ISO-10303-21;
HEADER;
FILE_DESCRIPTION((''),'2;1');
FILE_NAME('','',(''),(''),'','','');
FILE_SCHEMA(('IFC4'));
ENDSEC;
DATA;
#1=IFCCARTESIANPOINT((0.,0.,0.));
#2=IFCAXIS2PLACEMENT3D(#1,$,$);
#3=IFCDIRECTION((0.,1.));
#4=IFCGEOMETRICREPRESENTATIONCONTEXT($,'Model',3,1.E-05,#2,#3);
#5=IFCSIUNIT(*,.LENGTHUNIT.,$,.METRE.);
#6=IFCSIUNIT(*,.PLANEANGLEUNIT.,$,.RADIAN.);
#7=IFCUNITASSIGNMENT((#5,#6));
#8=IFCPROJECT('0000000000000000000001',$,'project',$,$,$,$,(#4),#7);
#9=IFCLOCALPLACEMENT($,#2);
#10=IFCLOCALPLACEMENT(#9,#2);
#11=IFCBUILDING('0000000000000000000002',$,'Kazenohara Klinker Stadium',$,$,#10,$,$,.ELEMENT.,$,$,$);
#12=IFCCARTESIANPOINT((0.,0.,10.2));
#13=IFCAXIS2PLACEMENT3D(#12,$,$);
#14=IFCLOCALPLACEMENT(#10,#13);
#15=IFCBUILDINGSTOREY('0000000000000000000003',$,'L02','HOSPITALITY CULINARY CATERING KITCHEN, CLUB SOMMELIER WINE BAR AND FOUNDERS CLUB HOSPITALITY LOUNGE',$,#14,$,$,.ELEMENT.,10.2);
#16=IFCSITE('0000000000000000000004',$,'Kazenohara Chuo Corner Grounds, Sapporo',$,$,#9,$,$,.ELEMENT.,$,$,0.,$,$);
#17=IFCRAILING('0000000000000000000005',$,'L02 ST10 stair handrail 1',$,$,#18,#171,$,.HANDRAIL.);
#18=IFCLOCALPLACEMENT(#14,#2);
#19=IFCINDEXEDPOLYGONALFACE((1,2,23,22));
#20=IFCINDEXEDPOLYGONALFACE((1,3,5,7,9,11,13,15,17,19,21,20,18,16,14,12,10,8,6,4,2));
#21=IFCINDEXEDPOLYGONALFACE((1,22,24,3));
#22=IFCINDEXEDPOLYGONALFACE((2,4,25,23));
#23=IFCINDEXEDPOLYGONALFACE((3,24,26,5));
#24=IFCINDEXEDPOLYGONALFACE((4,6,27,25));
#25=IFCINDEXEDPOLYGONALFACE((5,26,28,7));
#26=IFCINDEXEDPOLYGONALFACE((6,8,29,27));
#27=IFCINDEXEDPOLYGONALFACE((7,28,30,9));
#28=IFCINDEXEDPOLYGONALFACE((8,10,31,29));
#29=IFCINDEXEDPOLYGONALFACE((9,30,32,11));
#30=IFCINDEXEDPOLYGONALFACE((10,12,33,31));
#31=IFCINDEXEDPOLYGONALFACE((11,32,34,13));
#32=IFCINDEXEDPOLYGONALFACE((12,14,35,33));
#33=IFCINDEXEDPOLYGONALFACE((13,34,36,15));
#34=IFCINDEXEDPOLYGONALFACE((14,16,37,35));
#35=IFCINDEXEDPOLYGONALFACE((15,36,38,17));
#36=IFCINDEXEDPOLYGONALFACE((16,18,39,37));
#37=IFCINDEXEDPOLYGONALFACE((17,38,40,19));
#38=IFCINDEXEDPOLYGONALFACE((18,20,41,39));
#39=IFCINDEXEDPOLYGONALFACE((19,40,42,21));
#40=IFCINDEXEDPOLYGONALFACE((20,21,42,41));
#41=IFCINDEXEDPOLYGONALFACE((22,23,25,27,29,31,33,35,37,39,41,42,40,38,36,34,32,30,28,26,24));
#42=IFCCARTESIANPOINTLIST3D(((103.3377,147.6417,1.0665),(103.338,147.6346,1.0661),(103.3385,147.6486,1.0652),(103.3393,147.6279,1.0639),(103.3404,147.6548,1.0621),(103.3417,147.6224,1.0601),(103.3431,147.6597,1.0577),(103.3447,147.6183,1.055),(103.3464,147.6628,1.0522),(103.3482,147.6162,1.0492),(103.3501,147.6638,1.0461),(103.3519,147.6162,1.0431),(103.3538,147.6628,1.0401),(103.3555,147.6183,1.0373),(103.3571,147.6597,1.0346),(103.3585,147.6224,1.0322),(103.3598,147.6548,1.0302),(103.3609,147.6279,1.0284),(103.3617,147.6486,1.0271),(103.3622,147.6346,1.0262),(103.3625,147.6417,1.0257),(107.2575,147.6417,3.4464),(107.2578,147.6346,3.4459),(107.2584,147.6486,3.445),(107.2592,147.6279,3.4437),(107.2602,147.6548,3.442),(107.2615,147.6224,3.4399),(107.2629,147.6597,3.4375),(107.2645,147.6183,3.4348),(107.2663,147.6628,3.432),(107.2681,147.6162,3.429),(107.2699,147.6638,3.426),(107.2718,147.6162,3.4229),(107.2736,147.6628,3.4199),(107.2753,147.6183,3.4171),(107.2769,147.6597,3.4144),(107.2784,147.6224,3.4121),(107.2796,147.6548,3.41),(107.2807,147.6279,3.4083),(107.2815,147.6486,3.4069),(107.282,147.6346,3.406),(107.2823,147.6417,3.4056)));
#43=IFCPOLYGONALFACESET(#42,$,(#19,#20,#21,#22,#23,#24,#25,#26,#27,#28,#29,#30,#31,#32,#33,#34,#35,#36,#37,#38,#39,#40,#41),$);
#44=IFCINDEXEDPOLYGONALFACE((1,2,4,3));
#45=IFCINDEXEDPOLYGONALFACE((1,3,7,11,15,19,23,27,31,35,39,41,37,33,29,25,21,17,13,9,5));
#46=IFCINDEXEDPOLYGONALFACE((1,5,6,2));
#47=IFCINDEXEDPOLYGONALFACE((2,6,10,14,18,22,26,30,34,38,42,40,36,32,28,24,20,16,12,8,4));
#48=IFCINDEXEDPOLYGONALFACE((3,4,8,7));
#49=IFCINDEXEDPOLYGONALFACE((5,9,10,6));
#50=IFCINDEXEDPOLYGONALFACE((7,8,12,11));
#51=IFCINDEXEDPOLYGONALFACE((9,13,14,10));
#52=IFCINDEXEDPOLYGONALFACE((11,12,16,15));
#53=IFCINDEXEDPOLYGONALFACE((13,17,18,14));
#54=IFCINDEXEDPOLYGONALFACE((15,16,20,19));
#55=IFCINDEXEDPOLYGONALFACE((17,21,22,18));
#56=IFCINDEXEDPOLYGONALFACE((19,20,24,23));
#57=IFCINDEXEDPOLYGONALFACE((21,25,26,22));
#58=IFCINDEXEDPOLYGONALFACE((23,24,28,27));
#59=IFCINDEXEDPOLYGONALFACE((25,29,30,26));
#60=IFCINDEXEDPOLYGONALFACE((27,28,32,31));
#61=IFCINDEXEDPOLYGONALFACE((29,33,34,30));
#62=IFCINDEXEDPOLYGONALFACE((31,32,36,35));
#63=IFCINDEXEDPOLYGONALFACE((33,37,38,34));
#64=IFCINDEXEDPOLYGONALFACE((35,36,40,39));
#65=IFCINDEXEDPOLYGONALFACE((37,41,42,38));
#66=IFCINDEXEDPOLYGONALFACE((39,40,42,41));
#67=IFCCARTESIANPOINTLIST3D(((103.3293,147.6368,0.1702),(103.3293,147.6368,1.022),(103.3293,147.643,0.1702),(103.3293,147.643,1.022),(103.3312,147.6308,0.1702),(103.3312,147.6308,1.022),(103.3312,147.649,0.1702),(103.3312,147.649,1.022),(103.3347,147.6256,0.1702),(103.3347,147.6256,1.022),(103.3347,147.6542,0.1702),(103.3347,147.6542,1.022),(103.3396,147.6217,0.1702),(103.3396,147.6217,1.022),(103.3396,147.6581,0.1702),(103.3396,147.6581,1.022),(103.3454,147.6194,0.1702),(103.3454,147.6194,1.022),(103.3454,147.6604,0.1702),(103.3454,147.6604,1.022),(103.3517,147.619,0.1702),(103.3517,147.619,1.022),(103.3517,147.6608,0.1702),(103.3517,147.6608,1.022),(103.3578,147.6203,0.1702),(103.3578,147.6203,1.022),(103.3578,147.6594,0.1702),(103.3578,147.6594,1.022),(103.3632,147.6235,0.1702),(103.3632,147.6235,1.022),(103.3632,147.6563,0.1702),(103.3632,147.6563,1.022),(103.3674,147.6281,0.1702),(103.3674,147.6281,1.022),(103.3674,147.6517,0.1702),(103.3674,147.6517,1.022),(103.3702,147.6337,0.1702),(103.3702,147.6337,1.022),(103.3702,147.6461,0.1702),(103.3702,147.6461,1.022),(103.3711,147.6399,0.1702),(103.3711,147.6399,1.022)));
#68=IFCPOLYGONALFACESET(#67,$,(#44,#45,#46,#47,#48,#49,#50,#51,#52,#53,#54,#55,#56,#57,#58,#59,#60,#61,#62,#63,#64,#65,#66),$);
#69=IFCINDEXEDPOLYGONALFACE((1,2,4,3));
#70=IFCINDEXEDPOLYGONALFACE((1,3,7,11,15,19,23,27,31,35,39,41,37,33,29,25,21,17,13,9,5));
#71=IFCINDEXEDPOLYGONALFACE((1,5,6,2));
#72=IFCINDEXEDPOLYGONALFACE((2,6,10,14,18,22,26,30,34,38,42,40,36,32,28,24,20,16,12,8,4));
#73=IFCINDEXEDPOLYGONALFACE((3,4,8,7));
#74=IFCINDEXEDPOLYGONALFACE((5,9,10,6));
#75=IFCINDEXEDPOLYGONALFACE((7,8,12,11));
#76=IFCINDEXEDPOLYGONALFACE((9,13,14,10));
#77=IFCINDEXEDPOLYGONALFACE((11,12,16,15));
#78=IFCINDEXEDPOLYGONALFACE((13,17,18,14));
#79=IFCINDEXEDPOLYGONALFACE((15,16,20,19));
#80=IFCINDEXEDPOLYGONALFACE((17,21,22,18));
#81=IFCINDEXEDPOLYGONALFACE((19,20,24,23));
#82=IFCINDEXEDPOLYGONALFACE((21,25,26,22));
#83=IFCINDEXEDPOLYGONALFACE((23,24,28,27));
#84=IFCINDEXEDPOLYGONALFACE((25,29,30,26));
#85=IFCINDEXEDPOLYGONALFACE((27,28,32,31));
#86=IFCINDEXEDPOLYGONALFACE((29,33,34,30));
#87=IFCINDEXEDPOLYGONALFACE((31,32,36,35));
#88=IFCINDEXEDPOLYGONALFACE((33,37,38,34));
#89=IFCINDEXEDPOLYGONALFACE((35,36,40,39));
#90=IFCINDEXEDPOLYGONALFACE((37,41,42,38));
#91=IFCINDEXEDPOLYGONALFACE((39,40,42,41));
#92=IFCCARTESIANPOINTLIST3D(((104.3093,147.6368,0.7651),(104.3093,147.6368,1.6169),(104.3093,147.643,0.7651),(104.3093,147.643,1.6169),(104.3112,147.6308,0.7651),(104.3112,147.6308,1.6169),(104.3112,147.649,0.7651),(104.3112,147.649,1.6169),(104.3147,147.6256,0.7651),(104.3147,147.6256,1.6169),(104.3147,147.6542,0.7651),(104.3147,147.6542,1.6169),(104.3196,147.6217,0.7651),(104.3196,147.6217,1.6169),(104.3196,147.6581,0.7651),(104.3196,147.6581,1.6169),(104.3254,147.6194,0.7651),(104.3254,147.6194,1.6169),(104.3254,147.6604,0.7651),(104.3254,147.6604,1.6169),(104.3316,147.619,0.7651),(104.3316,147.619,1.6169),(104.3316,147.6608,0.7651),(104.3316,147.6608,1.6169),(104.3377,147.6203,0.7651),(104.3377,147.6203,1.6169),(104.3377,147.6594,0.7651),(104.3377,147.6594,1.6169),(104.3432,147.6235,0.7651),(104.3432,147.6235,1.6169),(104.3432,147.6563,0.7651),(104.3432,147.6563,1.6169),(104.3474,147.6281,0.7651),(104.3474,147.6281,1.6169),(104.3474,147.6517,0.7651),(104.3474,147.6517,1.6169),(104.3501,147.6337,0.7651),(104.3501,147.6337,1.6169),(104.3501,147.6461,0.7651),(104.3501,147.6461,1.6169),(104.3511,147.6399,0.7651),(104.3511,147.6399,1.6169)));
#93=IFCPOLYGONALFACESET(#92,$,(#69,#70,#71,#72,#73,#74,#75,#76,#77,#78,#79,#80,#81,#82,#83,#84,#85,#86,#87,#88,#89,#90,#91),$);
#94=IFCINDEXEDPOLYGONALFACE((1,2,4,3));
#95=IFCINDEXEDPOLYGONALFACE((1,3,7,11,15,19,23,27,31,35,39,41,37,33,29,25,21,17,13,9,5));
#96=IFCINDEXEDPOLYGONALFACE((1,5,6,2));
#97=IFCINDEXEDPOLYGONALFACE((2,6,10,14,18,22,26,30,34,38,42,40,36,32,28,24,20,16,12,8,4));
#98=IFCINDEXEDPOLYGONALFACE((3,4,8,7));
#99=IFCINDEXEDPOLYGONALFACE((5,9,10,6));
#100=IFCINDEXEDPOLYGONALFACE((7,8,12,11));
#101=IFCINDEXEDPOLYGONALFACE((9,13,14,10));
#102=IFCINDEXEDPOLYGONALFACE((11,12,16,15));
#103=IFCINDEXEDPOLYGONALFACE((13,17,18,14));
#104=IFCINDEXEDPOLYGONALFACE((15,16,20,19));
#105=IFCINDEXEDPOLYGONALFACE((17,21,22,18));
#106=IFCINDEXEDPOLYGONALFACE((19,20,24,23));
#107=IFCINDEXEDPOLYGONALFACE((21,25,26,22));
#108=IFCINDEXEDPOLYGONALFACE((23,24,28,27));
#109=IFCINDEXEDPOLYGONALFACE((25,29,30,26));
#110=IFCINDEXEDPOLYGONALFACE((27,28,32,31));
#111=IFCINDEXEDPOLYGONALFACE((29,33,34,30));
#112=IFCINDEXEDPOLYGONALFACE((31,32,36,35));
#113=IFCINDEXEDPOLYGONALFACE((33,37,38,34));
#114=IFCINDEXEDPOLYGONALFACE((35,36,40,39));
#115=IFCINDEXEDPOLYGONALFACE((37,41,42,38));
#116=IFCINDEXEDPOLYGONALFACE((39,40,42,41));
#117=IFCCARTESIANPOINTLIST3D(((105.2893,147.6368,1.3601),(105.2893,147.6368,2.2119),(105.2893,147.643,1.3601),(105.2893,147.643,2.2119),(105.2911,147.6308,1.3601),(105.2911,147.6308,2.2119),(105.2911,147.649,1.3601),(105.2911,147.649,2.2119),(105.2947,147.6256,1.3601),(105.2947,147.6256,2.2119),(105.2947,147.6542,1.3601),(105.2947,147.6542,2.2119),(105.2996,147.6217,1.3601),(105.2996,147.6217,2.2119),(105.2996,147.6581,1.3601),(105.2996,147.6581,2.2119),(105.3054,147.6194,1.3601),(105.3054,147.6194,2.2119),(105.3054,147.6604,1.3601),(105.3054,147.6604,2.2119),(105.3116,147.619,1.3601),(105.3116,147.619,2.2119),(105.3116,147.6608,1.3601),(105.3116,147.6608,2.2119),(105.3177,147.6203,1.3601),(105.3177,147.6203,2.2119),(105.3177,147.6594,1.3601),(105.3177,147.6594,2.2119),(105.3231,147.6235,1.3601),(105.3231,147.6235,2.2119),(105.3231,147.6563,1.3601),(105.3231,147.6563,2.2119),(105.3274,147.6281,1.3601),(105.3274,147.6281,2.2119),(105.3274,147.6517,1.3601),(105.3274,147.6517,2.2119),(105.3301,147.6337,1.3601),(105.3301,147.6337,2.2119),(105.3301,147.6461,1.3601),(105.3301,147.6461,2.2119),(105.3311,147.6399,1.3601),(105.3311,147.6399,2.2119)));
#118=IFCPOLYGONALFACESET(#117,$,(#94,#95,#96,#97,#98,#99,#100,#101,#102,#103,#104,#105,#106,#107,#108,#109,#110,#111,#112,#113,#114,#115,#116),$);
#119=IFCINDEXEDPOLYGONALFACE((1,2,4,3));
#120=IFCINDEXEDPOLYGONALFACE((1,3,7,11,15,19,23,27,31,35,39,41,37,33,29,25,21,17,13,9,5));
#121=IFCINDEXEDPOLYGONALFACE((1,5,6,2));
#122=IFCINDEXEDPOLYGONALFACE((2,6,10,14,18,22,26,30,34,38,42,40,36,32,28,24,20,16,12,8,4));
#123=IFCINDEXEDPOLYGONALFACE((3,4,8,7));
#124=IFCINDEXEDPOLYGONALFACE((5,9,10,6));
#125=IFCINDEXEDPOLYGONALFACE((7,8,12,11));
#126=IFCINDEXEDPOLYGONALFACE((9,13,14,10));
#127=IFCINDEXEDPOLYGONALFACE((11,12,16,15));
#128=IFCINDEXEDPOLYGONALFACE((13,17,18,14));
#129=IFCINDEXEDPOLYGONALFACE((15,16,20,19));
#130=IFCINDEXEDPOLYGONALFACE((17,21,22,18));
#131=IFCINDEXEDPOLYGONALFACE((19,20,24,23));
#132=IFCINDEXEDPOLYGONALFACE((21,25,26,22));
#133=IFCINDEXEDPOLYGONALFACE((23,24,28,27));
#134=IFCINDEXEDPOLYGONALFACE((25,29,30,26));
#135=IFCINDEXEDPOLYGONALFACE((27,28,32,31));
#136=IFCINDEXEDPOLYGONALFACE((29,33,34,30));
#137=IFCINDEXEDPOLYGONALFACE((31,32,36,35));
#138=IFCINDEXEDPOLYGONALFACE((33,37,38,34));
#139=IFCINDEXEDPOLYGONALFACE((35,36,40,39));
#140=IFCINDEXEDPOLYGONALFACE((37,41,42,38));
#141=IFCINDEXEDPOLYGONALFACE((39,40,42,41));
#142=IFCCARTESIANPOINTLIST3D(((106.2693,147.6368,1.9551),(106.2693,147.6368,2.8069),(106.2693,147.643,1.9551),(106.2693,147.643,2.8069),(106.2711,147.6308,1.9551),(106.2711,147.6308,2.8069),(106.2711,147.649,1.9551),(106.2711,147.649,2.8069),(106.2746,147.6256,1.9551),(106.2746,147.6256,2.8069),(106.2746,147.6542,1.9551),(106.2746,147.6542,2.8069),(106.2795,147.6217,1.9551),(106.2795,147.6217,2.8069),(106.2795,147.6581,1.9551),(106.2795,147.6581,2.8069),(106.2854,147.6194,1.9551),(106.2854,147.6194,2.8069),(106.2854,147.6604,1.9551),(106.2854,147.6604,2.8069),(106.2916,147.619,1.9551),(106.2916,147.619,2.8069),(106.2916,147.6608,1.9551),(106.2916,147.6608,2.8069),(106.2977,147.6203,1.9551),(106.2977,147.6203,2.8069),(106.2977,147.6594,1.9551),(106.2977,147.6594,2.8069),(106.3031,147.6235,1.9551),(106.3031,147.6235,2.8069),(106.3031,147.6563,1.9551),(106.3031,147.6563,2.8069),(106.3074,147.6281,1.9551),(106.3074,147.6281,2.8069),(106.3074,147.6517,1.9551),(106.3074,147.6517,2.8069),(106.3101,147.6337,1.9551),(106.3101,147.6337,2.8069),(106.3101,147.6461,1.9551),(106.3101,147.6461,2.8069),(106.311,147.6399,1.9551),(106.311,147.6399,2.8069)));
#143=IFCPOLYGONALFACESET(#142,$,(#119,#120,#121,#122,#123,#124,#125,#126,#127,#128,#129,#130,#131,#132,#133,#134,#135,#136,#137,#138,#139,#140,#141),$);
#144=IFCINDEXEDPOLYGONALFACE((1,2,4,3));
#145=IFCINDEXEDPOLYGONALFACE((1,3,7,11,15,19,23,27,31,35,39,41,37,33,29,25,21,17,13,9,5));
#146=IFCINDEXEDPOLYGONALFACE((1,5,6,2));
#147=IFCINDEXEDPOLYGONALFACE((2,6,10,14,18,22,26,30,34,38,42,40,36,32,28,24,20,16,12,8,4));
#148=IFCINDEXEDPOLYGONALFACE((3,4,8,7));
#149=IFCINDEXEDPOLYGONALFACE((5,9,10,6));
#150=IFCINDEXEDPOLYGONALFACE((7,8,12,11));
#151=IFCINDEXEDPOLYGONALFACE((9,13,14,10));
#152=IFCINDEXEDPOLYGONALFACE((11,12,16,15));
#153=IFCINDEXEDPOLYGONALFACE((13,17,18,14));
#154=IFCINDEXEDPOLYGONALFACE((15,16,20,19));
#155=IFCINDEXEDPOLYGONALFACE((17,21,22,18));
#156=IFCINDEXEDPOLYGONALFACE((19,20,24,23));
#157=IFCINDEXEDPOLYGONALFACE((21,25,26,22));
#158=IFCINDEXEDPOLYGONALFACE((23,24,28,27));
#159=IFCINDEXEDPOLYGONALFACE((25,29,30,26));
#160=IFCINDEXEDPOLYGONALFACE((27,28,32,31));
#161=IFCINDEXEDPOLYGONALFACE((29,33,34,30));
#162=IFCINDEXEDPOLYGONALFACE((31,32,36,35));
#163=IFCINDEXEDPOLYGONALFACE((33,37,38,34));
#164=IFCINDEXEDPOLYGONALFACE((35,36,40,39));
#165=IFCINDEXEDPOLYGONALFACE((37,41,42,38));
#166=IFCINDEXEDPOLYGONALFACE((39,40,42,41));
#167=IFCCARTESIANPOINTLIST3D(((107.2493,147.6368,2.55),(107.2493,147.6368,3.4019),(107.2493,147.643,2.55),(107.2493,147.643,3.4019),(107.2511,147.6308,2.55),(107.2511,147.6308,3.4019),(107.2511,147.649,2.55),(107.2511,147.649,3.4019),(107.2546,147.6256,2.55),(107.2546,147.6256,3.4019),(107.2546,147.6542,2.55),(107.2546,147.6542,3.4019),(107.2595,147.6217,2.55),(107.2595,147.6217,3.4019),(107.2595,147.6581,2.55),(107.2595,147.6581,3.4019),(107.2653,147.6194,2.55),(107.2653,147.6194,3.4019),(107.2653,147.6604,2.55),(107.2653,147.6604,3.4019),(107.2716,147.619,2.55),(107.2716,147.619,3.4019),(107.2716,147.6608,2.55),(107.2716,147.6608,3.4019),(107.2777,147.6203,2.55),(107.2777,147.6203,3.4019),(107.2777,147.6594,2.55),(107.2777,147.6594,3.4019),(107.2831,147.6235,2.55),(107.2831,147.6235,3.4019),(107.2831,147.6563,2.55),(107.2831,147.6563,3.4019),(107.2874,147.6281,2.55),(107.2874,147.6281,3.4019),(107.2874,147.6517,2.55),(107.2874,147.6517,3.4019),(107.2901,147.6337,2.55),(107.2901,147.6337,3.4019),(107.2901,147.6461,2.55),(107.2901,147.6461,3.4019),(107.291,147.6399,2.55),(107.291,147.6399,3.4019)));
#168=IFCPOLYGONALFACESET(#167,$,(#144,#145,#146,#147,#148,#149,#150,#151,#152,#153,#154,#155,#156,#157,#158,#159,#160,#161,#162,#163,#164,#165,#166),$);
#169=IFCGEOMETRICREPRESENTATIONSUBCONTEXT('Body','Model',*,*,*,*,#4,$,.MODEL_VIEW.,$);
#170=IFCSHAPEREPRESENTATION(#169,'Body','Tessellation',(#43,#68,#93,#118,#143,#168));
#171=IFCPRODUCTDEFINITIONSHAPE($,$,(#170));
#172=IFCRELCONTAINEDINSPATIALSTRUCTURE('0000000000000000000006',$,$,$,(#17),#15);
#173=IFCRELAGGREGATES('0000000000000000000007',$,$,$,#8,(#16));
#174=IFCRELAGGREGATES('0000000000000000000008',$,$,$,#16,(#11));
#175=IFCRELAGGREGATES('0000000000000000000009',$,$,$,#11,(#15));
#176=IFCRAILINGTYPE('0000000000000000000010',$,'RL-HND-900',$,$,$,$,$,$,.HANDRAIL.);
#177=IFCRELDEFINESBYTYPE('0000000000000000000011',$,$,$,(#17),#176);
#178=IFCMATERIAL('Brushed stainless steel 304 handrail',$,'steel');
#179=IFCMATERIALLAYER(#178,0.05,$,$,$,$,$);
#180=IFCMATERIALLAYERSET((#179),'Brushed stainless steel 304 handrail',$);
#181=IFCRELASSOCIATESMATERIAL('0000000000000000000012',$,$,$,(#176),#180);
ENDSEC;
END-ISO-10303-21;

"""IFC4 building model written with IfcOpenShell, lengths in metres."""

from ifc_helpers import new_model, si_unit, direction, frame, origin, origin_2d, place, context, subcontext, project, spatial, circle, extrude, material, layer, layer_set, type_object, element, save


model = new_model("IFC4")

# Units and contexts
model_context = context("Model", 3, precision=1e-05, world=origin(), true_north=direction((0.0, 1.0)))
body_context = subcontext(model_context, "Body", "Model", "MODEL_VIEW")
ifc_project = project(units=[si_unit("LENGTHUNIT", "METRE"), si_unit("PLANEANGLEUNIT", "RADIAN")], contexts=[model_context])

# Site, building, storey
site_placement = place(None, origin())
site = spatial("IfcSite", under=ifc_project, at=site_placement, Name="Kazenohara Chuo Corner Grounds, Sapporo", CompositionType="ELEMENT", RefElevation=0.0)
building_placement = place(site_placement, origin())
building = spatial("IfcBuilding", under=site, at=building_placement, Name="Kazenohara Klinker Stadium", CompositionType="ELEMENT")
storey_placement = place(building_placement, frame((0.0, 0.0, 10.2)))
storey = spatial("IfcBuildingStorey", under=building, at=storey_placement, Name="L02", Description="HOSPITALITY CULINARY CATERING KITCHEN, CLUB SOMMELIER WINE BAR AND FOUNDERS CLUB HOSPITALITY LOUNGE", CompositionType="ELEMENT", Elevation=10.2)

# Railing
ifc_material_1 = material(Name="Brushed stainless steel 304 handrail", Category="steel")
ifc_layer_1 = layer(ifc_material_1, 0.05)
ifc_layer_set_1 = layer_set([ifc_layer_1], Name="Brushed stainless steel 304 handrail")
railing_type_1 = type_object("IfcRailingType", Name="RL-HND-900", PredefinedType="HANDRAIL", material=ifc_layer_set_1)
railing_1_placement = place(storey_placement, frame((103.3501, 147.6399, 0.1702)))
element("IfcRailing", 1, at=railing_1_placement, inside=storey, type_object=railing_type_1, Name="L02 ST10 stair handrail 1", PredefinedType="HANDRAIL", context=body_context, shape_type="SweptSolid", body=[
    extrude(circle(Radius=0.0239, at=origin_2d()), frame((0.0, 0.0, 0.876), z_axis=(0.854794, 0.0, 0.518967), x_axis=(0.0, 1.0, 0.0)), (0.0, 0.0, 1.0), 4.5857),
    extrude(circle(Radius=0.021, at=origin_2d()), origin(), (0.0, 0.0, 1.0), 0.8518),
    extrude(circle(Radius=0.021, at=origin_2d()), frame((0.98, 0.0, 0.595)), (0.0, 0.0, 1.0), 0.8518),
    extrude(circle(Radius=0.021, at=origin_2d()), frame((1.96, 0.0, 1.1899)), (0.0, 0.0, 1.0), 0.8518),
    extrude(circle(Radius=0.021, at=origin_2d()), frame((2.9399, 0.0, 1.7849)), (0.0, 0.0, 1.0), 0.8518),
    extrude(circle(Radius=0.021, at=origin_2d()), frame((3.9199, 0.0, 2.3799)), (0.0, 0.0, 1.0), 0.8518),
])

save(model, "model.ifc")
